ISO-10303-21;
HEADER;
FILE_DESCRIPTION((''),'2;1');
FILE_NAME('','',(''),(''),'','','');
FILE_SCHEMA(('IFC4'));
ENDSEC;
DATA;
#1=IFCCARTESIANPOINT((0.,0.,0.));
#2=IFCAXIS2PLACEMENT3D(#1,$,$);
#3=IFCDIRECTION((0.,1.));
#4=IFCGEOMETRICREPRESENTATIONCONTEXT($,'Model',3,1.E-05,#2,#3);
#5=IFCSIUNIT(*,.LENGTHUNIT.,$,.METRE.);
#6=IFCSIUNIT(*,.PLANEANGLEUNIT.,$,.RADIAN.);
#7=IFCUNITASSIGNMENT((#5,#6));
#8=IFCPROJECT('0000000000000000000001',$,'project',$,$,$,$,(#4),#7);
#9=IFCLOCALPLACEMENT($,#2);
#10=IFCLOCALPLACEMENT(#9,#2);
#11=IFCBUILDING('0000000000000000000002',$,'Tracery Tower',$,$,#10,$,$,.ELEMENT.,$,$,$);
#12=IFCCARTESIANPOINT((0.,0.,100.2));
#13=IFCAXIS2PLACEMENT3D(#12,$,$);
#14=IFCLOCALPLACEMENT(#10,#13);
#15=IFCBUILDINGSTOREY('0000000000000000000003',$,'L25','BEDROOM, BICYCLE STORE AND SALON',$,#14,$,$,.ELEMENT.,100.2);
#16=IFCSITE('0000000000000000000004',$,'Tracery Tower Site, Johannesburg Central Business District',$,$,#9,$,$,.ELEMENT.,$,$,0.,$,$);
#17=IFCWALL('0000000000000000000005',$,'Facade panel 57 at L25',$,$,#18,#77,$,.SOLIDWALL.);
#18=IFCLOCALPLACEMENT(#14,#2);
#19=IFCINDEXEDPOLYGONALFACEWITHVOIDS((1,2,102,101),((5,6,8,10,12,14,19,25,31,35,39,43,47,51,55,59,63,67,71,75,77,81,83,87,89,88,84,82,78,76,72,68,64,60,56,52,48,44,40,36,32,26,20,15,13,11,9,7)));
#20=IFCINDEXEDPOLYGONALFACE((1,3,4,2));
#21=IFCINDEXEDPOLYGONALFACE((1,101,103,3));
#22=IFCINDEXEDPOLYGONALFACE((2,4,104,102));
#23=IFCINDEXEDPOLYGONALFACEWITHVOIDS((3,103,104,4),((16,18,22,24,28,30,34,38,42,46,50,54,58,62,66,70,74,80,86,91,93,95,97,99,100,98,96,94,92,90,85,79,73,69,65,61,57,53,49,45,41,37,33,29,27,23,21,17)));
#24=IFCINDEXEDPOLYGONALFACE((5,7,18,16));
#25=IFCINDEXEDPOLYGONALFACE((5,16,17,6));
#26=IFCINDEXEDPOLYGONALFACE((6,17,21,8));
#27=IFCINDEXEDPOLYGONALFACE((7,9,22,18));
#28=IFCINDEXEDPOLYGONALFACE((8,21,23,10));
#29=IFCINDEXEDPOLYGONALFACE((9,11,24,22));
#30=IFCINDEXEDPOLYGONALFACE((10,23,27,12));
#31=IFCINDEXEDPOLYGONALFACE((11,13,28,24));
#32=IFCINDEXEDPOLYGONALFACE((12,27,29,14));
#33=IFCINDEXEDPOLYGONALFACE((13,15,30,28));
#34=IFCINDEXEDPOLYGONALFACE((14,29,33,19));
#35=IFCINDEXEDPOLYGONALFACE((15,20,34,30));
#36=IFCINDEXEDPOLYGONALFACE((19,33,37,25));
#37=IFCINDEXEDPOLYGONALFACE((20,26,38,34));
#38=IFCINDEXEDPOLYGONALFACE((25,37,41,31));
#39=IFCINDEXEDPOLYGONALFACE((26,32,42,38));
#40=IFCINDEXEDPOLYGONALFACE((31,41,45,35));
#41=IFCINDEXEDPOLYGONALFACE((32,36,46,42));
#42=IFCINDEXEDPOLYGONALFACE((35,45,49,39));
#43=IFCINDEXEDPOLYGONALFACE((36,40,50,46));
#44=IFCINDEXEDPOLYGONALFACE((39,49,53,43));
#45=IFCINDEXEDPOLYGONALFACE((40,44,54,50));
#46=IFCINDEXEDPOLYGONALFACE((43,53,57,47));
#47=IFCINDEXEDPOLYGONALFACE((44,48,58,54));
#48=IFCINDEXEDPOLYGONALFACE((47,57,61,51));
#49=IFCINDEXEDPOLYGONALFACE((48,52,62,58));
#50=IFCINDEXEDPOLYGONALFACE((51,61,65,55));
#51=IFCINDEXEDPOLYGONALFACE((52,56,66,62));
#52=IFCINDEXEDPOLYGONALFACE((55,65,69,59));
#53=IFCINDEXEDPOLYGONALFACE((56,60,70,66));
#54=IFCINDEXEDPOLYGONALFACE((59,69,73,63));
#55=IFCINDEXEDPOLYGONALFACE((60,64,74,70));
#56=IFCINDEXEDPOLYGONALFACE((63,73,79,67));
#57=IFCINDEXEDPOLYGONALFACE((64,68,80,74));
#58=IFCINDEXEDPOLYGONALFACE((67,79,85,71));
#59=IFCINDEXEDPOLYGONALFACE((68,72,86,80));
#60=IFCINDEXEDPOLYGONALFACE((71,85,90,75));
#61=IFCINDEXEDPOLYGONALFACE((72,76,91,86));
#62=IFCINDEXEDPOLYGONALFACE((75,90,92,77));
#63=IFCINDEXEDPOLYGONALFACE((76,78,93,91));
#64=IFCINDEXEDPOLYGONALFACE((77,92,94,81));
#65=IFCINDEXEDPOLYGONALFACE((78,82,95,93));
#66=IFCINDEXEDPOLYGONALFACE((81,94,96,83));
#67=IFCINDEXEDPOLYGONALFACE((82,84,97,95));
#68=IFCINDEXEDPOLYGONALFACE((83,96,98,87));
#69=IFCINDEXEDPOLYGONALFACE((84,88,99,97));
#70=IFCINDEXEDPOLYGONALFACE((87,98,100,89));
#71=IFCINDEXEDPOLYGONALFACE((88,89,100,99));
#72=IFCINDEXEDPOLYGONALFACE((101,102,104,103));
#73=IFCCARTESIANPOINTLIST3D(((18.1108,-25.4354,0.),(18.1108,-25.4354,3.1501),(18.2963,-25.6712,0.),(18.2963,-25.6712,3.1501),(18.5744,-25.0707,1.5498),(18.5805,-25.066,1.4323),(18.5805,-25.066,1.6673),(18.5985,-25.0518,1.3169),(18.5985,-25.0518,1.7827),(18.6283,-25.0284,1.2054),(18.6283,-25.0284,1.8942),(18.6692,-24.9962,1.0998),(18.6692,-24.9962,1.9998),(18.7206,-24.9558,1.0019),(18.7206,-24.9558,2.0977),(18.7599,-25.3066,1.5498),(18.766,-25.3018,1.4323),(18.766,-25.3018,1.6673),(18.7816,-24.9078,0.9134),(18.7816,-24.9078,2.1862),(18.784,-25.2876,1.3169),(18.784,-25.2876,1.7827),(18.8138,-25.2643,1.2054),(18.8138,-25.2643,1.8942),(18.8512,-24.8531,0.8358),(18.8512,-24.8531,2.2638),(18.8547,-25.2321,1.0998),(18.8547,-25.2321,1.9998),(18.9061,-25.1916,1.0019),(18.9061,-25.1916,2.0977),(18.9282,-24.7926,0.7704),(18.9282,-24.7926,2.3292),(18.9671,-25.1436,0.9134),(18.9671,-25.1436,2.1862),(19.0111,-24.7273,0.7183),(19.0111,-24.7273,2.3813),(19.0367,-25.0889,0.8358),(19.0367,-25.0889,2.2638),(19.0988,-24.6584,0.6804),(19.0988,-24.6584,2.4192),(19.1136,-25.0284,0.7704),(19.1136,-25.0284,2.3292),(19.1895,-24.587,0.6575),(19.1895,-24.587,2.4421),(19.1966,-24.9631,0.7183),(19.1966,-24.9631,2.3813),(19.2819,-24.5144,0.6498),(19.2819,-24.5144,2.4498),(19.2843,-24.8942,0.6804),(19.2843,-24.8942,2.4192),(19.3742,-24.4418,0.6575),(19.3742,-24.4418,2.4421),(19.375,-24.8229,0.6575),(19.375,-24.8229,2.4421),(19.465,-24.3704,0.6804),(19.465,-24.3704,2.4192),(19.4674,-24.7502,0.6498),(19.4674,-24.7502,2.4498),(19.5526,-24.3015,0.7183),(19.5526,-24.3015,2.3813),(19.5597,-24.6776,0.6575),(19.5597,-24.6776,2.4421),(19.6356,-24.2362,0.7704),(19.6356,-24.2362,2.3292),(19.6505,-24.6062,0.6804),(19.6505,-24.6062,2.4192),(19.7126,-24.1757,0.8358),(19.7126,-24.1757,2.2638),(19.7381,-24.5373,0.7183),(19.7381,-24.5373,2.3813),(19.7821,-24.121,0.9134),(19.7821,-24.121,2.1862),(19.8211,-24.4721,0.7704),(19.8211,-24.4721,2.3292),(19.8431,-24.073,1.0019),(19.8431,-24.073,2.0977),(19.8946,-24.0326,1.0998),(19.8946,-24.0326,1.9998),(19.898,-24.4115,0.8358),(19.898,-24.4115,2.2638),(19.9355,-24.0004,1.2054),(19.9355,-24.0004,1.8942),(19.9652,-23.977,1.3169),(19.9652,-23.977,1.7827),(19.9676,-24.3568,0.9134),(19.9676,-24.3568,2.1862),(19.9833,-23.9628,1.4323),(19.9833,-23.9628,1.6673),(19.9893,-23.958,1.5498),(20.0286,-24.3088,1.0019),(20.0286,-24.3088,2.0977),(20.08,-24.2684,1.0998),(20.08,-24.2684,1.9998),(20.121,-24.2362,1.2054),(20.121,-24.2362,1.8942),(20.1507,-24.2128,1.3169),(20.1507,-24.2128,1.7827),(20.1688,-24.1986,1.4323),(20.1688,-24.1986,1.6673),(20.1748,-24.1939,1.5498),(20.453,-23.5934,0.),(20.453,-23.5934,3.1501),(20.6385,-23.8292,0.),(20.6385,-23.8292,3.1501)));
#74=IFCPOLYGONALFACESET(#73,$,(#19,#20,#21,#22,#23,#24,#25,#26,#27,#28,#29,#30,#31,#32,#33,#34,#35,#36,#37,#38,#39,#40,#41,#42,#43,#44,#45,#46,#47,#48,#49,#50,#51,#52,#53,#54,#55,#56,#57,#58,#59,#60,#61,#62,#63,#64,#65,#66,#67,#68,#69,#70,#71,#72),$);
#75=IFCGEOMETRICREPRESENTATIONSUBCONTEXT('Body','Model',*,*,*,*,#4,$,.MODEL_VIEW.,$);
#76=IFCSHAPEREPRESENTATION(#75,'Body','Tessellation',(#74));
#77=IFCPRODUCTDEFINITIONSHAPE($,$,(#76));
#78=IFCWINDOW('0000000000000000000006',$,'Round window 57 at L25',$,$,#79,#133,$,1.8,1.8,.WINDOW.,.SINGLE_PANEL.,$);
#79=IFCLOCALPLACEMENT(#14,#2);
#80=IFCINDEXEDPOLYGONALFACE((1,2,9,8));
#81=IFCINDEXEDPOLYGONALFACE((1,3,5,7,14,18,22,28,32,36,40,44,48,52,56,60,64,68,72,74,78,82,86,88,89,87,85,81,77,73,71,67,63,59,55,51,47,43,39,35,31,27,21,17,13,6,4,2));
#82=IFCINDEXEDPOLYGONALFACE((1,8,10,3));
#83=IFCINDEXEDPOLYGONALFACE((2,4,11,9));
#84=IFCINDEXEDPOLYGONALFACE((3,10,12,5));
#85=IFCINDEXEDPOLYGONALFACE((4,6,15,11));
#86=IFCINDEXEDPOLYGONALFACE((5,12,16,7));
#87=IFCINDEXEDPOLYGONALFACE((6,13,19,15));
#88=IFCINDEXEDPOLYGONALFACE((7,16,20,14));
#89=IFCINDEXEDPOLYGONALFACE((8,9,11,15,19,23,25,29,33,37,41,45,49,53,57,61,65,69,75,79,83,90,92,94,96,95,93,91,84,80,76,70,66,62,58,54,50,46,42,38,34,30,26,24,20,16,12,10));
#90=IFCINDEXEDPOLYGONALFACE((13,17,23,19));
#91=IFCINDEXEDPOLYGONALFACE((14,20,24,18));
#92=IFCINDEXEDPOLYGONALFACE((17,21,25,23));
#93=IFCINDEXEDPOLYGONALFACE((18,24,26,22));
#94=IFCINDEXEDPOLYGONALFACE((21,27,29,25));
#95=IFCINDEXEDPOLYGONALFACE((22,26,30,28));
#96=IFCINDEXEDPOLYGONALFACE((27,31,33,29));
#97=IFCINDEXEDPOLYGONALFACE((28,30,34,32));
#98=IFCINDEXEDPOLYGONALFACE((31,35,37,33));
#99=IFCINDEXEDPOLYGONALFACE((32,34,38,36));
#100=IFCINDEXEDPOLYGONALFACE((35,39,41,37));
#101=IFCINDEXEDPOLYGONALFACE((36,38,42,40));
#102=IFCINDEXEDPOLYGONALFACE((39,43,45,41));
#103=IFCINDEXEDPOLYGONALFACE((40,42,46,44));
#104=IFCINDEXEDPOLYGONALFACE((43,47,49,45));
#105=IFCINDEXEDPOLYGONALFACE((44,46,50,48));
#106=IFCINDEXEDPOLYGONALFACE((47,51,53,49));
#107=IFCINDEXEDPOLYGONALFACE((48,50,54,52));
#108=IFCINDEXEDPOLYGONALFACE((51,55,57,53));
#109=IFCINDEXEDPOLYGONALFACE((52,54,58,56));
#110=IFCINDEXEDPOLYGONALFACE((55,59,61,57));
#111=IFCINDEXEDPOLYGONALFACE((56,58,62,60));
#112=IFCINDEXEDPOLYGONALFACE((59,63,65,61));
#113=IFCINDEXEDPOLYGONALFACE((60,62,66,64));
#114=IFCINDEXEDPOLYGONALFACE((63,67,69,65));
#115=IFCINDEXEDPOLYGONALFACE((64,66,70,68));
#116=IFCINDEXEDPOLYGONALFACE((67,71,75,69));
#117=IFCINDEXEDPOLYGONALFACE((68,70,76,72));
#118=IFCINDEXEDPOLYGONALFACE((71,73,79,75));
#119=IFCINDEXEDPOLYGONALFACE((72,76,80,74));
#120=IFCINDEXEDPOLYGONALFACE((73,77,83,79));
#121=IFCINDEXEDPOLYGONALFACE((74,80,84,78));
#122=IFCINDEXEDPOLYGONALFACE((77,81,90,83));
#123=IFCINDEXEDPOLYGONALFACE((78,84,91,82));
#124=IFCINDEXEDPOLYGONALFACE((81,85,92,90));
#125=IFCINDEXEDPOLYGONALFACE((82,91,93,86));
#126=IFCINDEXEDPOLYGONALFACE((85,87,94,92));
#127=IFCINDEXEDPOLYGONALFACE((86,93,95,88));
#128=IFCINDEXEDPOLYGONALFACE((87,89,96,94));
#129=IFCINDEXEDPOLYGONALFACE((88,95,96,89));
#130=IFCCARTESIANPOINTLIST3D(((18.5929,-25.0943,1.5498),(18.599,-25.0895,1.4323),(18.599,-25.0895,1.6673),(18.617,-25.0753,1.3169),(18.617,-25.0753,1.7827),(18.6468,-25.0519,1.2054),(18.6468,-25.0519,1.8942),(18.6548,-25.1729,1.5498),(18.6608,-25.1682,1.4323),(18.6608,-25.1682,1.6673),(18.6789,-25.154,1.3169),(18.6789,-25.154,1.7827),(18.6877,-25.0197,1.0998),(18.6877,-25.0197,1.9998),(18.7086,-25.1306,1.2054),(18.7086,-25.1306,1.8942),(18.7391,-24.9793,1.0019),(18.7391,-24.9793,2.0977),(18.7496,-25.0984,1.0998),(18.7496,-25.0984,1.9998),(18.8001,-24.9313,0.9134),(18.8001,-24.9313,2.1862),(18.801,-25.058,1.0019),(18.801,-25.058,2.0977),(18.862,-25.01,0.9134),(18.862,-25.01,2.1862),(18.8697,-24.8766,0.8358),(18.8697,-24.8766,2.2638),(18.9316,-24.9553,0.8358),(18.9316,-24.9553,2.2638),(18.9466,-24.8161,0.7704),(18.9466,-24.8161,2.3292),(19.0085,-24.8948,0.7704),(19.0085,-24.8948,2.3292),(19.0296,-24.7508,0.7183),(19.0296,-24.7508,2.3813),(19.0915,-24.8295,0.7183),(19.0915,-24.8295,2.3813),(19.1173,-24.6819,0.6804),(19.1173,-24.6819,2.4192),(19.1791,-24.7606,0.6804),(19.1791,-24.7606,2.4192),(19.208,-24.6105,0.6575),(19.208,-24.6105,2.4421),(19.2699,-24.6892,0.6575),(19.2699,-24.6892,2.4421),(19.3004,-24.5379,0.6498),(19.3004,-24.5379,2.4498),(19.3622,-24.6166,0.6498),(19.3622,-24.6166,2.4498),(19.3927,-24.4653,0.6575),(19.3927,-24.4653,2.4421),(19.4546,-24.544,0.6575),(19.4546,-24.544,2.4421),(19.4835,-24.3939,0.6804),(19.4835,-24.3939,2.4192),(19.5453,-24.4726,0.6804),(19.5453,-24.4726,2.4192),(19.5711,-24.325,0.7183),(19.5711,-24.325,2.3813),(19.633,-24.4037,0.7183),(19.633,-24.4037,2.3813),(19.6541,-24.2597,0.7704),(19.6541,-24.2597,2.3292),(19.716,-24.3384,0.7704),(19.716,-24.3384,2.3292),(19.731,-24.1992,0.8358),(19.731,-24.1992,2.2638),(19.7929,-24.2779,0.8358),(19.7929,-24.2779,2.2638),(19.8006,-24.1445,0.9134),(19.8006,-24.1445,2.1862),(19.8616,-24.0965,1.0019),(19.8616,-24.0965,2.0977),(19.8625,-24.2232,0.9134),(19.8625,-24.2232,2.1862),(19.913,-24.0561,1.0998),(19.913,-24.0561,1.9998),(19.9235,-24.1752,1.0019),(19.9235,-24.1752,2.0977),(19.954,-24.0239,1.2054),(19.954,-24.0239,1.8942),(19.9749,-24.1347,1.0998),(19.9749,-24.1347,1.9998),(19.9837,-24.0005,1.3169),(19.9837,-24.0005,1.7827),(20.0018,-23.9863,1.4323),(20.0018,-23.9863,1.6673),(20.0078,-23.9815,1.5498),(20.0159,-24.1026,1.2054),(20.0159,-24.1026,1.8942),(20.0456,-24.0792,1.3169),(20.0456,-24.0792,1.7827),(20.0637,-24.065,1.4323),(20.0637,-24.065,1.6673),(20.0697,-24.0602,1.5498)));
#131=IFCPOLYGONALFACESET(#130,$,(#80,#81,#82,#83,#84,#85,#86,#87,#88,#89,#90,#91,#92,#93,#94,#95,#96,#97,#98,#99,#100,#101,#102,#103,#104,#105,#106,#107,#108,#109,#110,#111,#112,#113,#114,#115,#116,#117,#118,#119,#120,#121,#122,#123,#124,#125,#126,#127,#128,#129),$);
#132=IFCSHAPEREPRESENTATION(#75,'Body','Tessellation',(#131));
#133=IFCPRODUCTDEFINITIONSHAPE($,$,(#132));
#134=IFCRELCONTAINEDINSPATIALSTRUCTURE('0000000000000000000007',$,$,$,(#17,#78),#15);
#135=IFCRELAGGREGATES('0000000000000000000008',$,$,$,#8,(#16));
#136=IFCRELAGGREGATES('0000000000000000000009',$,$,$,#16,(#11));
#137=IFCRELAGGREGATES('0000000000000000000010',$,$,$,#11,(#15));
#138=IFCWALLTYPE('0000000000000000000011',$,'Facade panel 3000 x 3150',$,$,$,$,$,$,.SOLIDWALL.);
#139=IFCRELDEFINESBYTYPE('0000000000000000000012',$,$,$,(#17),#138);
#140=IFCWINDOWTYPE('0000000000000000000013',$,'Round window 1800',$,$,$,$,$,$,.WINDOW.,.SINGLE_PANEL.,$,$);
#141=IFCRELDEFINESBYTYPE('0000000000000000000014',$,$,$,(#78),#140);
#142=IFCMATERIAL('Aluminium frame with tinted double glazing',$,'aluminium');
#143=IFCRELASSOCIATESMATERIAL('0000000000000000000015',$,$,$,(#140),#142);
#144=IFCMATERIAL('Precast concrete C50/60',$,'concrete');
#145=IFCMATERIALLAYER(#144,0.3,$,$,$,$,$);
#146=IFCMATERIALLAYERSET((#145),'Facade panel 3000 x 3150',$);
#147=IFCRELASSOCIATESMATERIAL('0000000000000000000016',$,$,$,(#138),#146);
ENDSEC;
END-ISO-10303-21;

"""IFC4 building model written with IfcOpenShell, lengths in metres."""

from ifc_helpers import new_model, si_unit, direction, frame, frame_2d, origin, origin_2d, place, context, subcontext, project, spatial, rectangle, circle, extrude, material, layer, layer_set, type_object, element, fill, save


model = new_model("IFC4")

# Units and contexts
model_context = context("Model", 3, precision=1e-05, world=origin(), true_north=direction((0.0, 1.0)))
body_context = subcontext(model_context, "Body", "Model", "MODEL_VIEW")
ifc_project = project(units=[si_unit("LENGTHUNIT", "METRE"), si_unit("PLANEANGLEUNIT", "RADIAN")], contexts=[model_context])

# Site, building, storey
site_placement = place(None, origin())
site = spatial("IfcSite", under=ifc_project, at=site_placement, Name="Tracery Tower Site, Johannesburg Central Business District", CompositionType="ELEMENT", RefElevation=0.0)
building_placement = place(site_placement, origin())
building = spatial("IfcBuilding", under=site, at=building_placement, Name="Tracery Tower", CompositionType="ELEMENT")
storey_placement = place(building_placement, frame((0.0, 0.0, 100.2)))
storey = spatial("IfcBuildingStorey", under=building, at=storey_placement, Name="L25", Description="BEDROOM, BICYCLE STORE AND SALON", CompositionType="ELEMENT", Elevation=100.2)

# Wall, opening, window
ifc_material_1 = material(Name="Aluminium frame with tinted double glazing", Category="aluminium")
window_type = type_object("IfcWindowType", Name="Round window 1800", PartitioningType="SINGLE_PANEL", PredefinedType="WINDOW", material=ifc_material_1)
ifc_material_2 = material(Name="Precast concrete C50/60", Category="concrete")
ifc_layer_1 = layer(ifc_material_2, 0.3)
ifc_layer_set_1 = layer_set([ifc_layer_1], Name="Facade panel 3000 x 3150")
wall_type_1 = type_object("IfcWallType", Name="Facade panel 3000 x 3150", PredefinedType="SOLIDWALL", material=ifc_layer_set_1)
wall_1_placement = place(storey_placement, frame((18.2036, -25.5532, 0.0), z_axis=(0.0, 0.0, 1.0), x_axis=(0.786045, 0.618169, 0.0)))
wall_1 = element("IfcWall", 1, at=wall_1_placement, inside=storey, type_object=wall_type_1, Name="Facade panel 57 at L25", PredefinedType="SOLIDWALL", context=body_context, shape_type="SweptSolid", body=[
    extrude(rectangle(XDim=2.9797, YDim=0.3, at=frame_2d((1.4897, 0.0))), origin(), (0.0, 0.0, 1.0), 3.1501),
])
opening_1_placement = place(wall_1_placement, frame((1.4897, 0.0, 1.5498)))
opening_1 = element("IfcOpeningElement", 2, at=opening_1_placement, cuts=wall_1, PredefinedType="OPENING", context=body_context, shape_type="SweptSolid", body=[
    extrude(circle(Radius=0.9, at=origin_2d()), frame((0.0, 0.1599, 0.0), z_axis=(0.0, -1.0, 0.0), x_axis=(1.0, 0.0, 0.0)), (0.0, 0.0, 1.0), 0.3201),
])
window_1_placement = place(opening_1_placement, origin())
window_1 = element("IfcWindow", 3, at=window_1_placement, inside=storey, type_object=window_type, Name="Round window 57 at L25", OverallHeight=1.8, OverallWidth=1.8, PartitioningType="SINGLE_PANEL", PredefinedType="WINDOW", context=body_context, shape_type="SweptSolid", body=[
    extrude(circle(Radius=0.9, at=origin_2d()), frame((0.0, 0.1201, 0.0), z_axis=(0.0, -1.0, 0.0), x_axis=(1.0, 0.0, 0.0)), (0.0, 0.0, 1.0), 0.1001),
])
fill(opening_1, window_1)

save(model, "model.ifc")
